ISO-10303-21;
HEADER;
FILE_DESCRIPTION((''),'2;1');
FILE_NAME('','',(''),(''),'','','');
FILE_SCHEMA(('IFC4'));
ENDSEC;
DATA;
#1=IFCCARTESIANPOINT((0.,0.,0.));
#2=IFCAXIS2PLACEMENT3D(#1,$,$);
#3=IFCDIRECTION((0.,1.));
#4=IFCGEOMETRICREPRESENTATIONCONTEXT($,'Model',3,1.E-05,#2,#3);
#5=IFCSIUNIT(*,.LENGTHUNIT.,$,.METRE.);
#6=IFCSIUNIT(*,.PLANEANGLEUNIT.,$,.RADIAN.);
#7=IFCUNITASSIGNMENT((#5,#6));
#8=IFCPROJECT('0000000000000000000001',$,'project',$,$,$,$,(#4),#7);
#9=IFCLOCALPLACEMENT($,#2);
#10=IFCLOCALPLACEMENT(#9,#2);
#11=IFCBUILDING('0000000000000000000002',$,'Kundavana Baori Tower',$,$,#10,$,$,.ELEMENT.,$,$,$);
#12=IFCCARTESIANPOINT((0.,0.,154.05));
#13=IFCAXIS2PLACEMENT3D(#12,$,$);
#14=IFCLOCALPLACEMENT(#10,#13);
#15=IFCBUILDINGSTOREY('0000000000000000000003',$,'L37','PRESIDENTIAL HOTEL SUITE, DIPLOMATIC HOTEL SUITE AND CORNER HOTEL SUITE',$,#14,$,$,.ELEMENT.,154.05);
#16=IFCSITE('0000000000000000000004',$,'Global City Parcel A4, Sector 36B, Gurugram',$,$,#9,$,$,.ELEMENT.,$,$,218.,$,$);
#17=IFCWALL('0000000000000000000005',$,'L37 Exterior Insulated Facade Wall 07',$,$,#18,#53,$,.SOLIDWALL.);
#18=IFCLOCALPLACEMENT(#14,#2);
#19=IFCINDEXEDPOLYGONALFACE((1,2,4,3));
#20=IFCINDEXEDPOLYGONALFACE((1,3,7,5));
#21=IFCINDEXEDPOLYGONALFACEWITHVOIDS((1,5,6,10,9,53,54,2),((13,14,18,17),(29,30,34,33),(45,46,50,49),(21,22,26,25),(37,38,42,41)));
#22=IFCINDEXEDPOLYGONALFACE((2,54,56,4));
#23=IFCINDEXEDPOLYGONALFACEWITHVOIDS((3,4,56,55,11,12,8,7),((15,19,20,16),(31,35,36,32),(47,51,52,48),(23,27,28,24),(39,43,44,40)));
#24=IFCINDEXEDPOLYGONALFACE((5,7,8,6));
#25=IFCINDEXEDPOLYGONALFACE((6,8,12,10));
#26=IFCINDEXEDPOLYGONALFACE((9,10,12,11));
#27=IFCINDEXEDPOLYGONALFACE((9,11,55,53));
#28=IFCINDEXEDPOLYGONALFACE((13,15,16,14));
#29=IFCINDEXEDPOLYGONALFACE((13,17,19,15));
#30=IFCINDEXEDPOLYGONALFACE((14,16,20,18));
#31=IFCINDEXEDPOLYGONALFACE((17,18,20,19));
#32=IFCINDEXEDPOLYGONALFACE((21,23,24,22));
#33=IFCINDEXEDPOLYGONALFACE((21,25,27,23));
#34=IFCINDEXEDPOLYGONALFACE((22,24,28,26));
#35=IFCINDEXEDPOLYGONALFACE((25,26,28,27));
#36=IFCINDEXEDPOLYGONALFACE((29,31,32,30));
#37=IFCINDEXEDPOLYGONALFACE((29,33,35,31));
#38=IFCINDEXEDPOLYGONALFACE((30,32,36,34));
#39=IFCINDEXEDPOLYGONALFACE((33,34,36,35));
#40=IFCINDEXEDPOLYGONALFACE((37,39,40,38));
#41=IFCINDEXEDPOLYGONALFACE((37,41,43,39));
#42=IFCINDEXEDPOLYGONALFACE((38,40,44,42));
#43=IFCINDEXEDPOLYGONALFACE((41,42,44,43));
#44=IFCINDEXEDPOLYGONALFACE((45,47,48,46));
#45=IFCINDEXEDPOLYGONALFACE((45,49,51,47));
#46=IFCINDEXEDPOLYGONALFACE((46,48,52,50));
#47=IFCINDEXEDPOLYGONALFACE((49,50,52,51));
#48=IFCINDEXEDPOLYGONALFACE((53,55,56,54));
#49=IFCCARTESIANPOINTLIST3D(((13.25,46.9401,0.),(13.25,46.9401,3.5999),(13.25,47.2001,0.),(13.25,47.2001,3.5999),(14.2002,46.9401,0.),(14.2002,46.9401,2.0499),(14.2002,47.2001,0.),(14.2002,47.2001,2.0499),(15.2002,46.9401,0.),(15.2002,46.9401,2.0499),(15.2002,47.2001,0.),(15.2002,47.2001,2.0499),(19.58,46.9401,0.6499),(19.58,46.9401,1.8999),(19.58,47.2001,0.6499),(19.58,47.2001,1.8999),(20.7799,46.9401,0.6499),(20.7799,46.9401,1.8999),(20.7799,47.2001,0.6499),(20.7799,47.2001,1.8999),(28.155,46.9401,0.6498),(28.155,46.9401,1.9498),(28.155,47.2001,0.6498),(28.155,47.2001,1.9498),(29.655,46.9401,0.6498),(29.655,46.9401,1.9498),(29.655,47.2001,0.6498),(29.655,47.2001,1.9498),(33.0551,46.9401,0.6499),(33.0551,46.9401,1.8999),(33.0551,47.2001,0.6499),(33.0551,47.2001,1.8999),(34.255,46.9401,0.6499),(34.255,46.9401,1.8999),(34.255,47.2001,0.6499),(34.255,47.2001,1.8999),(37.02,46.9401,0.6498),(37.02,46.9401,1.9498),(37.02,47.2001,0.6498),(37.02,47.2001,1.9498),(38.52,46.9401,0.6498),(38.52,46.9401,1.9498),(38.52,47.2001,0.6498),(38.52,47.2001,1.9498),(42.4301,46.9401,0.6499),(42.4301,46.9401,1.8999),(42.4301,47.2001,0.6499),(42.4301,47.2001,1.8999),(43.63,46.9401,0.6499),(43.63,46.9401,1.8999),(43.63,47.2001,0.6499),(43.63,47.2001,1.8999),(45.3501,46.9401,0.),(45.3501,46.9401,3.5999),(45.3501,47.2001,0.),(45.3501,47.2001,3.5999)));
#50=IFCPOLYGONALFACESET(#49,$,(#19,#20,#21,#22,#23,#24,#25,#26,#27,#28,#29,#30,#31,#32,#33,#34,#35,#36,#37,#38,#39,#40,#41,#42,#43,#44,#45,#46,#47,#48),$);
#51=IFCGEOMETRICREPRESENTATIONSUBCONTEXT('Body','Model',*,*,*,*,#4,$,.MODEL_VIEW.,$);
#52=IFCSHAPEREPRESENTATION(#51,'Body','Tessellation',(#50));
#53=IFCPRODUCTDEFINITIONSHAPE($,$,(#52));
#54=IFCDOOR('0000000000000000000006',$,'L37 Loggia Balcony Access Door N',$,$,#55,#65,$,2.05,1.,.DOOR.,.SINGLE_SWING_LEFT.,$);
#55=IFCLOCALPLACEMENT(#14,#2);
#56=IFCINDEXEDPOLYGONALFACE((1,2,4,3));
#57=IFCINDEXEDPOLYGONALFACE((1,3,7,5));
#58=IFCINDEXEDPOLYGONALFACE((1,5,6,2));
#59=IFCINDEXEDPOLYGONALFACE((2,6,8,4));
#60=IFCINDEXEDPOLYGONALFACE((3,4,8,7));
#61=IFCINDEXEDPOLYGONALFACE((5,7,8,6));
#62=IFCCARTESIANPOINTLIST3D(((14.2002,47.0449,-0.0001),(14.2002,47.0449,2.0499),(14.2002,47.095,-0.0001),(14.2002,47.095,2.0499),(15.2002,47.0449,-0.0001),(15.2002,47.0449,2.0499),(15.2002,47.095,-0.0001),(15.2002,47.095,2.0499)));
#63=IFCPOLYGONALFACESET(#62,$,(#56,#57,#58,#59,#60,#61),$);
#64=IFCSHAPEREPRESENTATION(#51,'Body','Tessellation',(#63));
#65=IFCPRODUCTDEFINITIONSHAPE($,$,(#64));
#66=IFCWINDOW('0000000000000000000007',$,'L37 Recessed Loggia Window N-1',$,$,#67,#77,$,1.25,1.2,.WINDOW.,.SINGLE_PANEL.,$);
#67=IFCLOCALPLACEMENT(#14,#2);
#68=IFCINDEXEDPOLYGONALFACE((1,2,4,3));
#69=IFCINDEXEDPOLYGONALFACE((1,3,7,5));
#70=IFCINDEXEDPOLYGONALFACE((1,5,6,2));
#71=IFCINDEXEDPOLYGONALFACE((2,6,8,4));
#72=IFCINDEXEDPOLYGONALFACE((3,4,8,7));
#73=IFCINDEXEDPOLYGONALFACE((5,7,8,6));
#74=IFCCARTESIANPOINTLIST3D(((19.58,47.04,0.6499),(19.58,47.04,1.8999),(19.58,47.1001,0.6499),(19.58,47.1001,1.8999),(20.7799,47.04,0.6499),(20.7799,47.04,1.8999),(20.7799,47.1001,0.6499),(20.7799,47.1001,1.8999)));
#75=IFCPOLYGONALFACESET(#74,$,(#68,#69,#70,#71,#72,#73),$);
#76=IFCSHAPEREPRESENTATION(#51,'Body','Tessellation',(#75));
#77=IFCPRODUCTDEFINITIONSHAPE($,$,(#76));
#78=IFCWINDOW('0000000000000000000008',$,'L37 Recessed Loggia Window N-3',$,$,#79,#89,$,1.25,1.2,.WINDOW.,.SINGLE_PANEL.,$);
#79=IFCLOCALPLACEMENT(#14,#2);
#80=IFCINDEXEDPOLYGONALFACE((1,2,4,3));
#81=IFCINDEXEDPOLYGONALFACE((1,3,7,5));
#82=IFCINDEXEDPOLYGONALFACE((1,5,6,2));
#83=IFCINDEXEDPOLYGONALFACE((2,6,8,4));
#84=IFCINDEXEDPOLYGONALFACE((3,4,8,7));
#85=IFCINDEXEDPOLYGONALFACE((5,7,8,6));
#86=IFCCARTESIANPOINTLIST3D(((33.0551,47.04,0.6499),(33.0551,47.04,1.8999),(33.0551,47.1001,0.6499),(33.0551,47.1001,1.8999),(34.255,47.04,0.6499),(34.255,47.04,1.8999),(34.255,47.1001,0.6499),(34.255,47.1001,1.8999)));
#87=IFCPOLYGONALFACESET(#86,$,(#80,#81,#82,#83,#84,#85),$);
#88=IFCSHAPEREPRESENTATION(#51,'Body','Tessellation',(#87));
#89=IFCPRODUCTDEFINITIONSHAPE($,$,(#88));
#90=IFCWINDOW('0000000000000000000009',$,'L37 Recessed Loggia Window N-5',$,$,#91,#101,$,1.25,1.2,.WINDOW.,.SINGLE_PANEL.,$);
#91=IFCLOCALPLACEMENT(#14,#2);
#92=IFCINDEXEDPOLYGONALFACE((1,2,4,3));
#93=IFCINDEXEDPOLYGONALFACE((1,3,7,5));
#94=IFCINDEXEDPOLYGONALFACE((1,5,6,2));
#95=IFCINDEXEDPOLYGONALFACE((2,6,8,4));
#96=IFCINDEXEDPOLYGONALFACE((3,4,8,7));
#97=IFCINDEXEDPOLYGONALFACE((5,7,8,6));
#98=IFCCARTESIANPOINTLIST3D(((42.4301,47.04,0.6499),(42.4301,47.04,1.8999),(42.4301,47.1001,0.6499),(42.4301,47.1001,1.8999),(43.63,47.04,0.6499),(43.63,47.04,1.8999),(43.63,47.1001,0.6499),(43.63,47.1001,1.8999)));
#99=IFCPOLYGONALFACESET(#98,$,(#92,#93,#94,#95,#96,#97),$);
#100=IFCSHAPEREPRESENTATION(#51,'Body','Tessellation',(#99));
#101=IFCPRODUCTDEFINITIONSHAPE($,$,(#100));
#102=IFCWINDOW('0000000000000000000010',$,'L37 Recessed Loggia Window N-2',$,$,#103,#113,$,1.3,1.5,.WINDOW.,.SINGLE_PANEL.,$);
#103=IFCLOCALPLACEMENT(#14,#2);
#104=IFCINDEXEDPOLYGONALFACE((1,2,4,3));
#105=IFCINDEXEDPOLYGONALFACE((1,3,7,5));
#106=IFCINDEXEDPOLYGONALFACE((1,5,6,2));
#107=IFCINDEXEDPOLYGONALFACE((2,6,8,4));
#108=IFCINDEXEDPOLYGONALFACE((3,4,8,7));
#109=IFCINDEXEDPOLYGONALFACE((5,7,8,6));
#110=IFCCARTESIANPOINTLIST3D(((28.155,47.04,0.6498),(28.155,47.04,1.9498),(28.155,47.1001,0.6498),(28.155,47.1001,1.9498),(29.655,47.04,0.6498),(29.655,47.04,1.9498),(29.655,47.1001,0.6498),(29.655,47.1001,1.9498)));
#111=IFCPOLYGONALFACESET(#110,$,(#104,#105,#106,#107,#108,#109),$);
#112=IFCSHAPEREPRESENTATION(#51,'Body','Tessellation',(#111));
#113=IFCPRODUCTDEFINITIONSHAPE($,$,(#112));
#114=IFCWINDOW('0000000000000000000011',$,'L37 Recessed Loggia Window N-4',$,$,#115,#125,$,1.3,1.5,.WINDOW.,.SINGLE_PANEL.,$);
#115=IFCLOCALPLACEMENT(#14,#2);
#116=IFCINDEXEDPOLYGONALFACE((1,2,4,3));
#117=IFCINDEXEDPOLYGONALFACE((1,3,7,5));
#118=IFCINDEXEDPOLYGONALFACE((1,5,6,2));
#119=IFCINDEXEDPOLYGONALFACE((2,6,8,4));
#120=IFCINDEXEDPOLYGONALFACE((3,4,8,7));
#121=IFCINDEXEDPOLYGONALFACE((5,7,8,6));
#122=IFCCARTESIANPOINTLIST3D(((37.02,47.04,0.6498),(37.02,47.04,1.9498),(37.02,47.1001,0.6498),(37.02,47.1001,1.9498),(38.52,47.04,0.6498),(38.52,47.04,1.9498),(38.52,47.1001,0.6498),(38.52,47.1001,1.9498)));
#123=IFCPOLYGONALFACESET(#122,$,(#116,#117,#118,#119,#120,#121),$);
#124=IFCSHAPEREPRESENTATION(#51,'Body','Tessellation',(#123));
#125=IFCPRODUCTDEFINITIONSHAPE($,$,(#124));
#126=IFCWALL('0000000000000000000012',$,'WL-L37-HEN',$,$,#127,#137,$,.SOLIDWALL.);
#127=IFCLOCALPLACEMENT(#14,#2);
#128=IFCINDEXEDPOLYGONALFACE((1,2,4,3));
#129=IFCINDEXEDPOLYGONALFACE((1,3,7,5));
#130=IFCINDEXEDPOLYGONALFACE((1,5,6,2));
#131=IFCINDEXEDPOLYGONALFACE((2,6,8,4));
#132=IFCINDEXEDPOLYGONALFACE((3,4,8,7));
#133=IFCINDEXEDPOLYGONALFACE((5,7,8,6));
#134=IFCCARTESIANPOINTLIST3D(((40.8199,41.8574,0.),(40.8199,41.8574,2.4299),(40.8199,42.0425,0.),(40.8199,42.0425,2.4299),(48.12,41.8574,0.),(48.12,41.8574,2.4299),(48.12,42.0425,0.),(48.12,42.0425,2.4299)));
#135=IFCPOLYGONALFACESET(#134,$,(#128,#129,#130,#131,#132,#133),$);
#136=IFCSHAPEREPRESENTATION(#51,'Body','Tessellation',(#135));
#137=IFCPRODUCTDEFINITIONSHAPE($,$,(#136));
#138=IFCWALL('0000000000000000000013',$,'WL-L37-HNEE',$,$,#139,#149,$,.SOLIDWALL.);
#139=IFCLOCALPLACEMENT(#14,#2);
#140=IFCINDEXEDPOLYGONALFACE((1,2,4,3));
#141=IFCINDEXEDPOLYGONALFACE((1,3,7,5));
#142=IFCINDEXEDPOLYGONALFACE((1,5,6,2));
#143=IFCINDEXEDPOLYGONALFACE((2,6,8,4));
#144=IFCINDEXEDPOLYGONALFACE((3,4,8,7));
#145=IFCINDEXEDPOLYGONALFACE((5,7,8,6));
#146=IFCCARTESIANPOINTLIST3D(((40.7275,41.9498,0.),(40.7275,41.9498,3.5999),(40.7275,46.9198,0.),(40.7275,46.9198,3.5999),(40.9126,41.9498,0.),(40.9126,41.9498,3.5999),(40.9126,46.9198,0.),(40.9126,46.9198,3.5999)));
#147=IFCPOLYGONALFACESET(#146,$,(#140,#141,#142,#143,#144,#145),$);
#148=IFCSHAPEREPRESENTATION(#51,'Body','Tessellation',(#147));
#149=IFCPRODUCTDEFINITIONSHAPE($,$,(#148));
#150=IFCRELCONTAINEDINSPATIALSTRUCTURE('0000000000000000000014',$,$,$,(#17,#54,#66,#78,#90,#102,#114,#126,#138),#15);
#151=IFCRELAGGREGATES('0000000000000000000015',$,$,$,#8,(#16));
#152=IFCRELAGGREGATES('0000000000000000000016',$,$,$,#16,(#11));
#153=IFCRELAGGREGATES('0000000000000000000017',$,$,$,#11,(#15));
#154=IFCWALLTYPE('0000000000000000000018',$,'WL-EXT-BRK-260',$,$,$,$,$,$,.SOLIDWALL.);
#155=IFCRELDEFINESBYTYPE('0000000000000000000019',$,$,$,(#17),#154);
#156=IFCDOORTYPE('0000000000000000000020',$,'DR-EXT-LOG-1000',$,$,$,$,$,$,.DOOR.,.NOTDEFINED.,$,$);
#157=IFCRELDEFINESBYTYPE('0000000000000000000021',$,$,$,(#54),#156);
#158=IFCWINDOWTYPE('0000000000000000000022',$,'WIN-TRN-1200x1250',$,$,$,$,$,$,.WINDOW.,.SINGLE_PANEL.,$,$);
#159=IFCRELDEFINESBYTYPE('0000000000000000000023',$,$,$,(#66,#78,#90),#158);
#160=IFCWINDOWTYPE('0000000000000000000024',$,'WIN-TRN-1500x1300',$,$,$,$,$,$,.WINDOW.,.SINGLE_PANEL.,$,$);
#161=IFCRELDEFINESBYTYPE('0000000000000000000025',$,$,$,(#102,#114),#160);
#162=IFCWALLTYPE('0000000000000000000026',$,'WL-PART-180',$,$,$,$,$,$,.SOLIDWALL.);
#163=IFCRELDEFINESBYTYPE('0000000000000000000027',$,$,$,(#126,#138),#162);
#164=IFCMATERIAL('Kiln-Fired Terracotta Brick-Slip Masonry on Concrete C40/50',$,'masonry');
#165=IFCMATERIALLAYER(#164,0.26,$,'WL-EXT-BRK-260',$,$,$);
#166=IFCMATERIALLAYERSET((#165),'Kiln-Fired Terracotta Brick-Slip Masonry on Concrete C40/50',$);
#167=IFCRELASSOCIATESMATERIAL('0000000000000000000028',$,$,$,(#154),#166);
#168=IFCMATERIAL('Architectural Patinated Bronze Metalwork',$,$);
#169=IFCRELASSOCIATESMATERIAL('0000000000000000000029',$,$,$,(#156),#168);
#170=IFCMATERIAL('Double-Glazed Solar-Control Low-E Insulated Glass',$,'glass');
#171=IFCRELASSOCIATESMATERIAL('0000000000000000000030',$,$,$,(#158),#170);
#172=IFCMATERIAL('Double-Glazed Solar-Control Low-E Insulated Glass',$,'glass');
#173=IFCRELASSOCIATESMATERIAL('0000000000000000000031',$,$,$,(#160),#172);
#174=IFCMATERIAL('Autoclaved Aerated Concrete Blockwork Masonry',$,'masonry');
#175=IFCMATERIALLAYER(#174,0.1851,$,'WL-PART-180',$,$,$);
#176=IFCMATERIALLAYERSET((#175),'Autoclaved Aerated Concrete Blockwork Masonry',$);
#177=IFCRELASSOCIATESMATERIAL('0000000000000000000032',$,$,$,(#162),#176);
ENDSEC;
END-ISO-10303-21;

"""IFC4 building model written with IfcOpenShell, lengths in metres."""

from ifc_helpers import new_model, si_unit, direction, frame, frame_2d, origin, place, context, subcontext, project, spatial, rectangle, extrude, material, layer, layer_set, type_object, element, fill, save


model = new_model("IFC4")

# Units and contexts
model_context = context("Model", 3, precision=1e-05, world=origin(), true_north=direction((0.0, 1.0)))
body_context = subcontext(model_context, "Body", "Model", "MODEL_VIEW")
ifc_project = project(units=[si_unit("LENGTHUNIT", "METRE"), si_unit("PLANEANGLEUNIT", "RADIAN")], contexts=[model_context])

# Site, building, storey
site_placement = place(None, origin())
site = spatial("IfcSite", under=ifc_project, at=site_placement, Name="Global City Parcel A4, Sector 36B, Gurugram", CompositionType="ELEMENT", RefElevation=218.0)
building_placement = place(site_placement, origin())
building = spatial("IfcBuilding", under=site, at=building_placement, Name="Kundavana Baori Tower", CompositionType="ELEMENT")
storey_placement = place(building_placement, frame((0.0, 0.0, 154.05)))
storey = spatial("IfcBuildingStorey", under=building, at=storey_placement, Name="L37", Description="PRESIDENTIAL HOTEL SUITE, DIPLOMATIC HOTEL SUITE AND CORNER HOTEL SUITE", CompositionType="ELEMENT", Elevation=154.05)

# Shared definitions
ifc_material_1 = material(Name="Kiln-Fired Terracotta Brick-Slip Masonry on Concrete C40/50", Category="masonry")
ifc_layer_1 = layer(ifc_material_1, 0.26, Name="WL-EXT-BRK-260")
ifc_layer_set_1 = layer_set([ifc_layer_1], Name="Kiln-Fired Terracotta Brick-Slip Masonry on Concrete C40/50")
wall_type_1 = type_object("IfcWallType", Name="WL-EXT-BRK-260", PredefinedType="SOLIDWALL", material=ifc_layer_set_1)

# Wall, openings, door, windows
wall_1_placement = place(storey_placement, frame((45.3501, 47.0701, 0.0), z_axis=(0.0, 0.0, 1.0), x_axis=(-1.0, 0.0, 0.0)))
wall_1 = element("IfcWall", 1, at=wall_1_placement, inside=storey, type_object=wall_type_1, Name="L37 Exterior Insulated Facade Wall 07", PredefinedType="SOLIDWALL", context=body_context, shape_type="SweptSolid", body=[
    extrude(rectangle(XDim=32.1001, YDim=0.26, at=frame_2d((16.05, 0.0))), origin(), (0.0, 0.0, 1.0), 3.5999),
])
opening_1_placement = place(wall_1_placement, frame((30.1499, 0.0, 0.0)))
opening_1 = element("IfcOpeningElement", 2, at=opening_1_placement, cuts=wall_1, PredefinedType="OPENING", context=body_context, shape_type="SweptSolid", body=[
    extrude(rectangle(XDim=1.0, YDim=2.05, at=frame_2d((0.5, 1.0249))), frame((0.0, 0.1401, 0.0), z_axis=(0.0, -1.0, 0.0), x_axis=(1.0, 0.0, 0.0)), (0.0, 0.0, 1.0), 0.28),
])
opening_2_placement = place(wall_1_placement, frame((24.5701, 0.0, 0.6499)))
opening_2 = element("IfcOpeningElement", 3, at=opening_2_placement, cuts=wall_1, PredefinedType="OPENING", context=body_context, shape_type="SweptSolid", body=[
    extrude(rectangle(XDim=1.2, YDim=1.25, at=frame_2d((0.6001, 0.625))), frame((0.0, 0.1401, 0.0), z_axis=(0.0, -1.0, 0.0), x_axis=(1.0, 0.0, 0.0)), (0.0, 0.0, 1.0), 0.28),
])
opening_3_placement = place(wall_1_placement, frame((15.6951, 0.0, 0.6499)))
opening_3 = element("IfcOpeningElement", 4, at=opening_3_placement, cuts=wall_1, PredefinedType="OPENING", context=body_context, shape_type="SweptSolid", body=[
    extrude(rectangle(XDim=1.5, YDim=1.3, at=frame_2d((0.75, 0.6499))), frame((0.0, 0.1401, 0.0), z_axis=(0.0, -1.0, 0.0), x_axis=(1.0, 0.0, 0.0)), (0.0, 0.0, 1.0), 0.28),
])
opening_4_placement = place(wall_1_placement, frame((11.095, 0.0, 0.6499)))
opening_4 = element("IfcOpeningElement", 5, at=opening_4_placement, cuts=wall_1, PredefinedType="OPENING", context=body_context, shape_type="SweptSolid", body=[
    extrude(rectangle(XDim=1.2, YDim=1.25, at=frame_2d((0.6001, 0.625))), frame((0.0, 0.1401, 0.0), z_axis=(0.0, -1.0, 0.0), x_axis=(1.0, 0.0, 0.0)), (0.0, 0.0, 1.0), 0.28),
])
opening_5_placement = place(wall_1_placement, frame((6.8301, 0.0, 0.6499)))
opening_5 = element("IfcOpeningElement", 6, at=opening_5_placement, cuts=wall_1, PredefinedType="OPENING", context=body_context, shape_type="SweptSolid", body=[
    extrude(rectangle(XDim=1.5, YDim=1.3, at=frame_2d((0.75, 0.6499))), frame((0.0, 0.1401, 0.0), z_axis=(0.0, -1.0, 0.0), x_axis=(1.0, 0.0, 0.0)), (0.0, 0.0, 1.0), 0.28),
])
opening_6_placement = place(wall_1_placement, frame((1.72, 0.0, 0.6499)))
opening_6 = element("IfcOpeningElement", 7, at=opening_6_placement, cuts=wall_1, PredefinedType="OPENING", context=body_context, shape_type="SweptSolid", body=[
    extrude(rectangle(XDim=1.2, YDim=1.25, at=frame_2d((0.6001, 0.625))), frame((0.0, 0.1401, 0.0), z_axis=(0.0, -1.0, 0.0), x_axis=(1.0, 0.0, 0.0)), (0.0, 0.0, 1.0), 0.28),
])
ifc_material_2 = material(Name="Architectural Patinated Bronze Metalwork")
door_type_1 = type_object("IfcDoorType", Name="DR-EXT-LOG-1000", OperationType="NOTDEFINED", PredefinedType="DOOR", material=ifc_material_2)
door_1_placement = place(opening_1_placement, frame((1.0, 0.0, 0.0), z_axis=(0.0, 0.0, 1.0), x_axis=(-1.0, 0.0, 0.0)))
door_1 = element("IfcDoor", 8, at=door_1_placement, inside=storey, type_object=door_type_1, Name="L37 Loggia Balcony Access Door N", OperationType="SINGLE_SWING_LEFT", OverallHeight=2.05, OverallWidth=1.0, PredefinedType="DOOR", context=body_context, shape_type="SweptSolid", body=[
    extrude(rectangle(XDim=1.0, YDim=2.05, at=frame_2d((0.5, 1.0249))), frame((0.0, 0.0249, 0.0), z_axis=(0.0, -1.0, 0.0), x_axis=(1.0, 0.0, 0.0)), (0.0, 0.0, 1.0), 0.05),
])
fill(opening_1, door_1)
ifc_material_3 = material(Name="Double-Glazed Solar-Control Low-E Insulated Glass", Category="glass")
window_type_1 = type_object("IfcWindowType", Name="WIN-TRN-1200x1250", PartitioningType="SINGLE_PANEL", PredefinedType="WINDOW", material=ifc_material_3)
window_1_placement = place(opening_2_placement, origin())
window_1 = element("IfcWindow", 9, at=window_1_placement, inside=storey, type_object=window_type_1, Name="L37 Recessed Loggia Window N-1", OverallHeight=1.25, OverallWidth=1.2, PartitioningType="SINGLE_PANEL", PredefinedType="WINDOW", context=body_context, shape_type="SweptSolid", body=[
    extrude(rectangle(XDim=1.2, YDim=1.25, at=frame_2d((0.6001, 0.625))), frame((0.0, 0.03, 0.0), z_axis=(0.0, -1.0, 0.0), x_axis=(1.0, 0.0, 0.0)), (0.0, 0.0, 1.0), 0.0601),
])
fill(opening_2, window_1)
window_2_placement = place(opening_4_placement, origin())
window_2 = element("IfcWindow", 10, at=window_2_placement, inside=storey, type_object=window_type_1, Name="L37 Recessed Loggia Window N-3", OverallHeight=1.25, OverallWidth=1.2, PartitioningType="SINGLE_PANEL", PredefinedType="WINDOW", context=body_context, shape_type="SweptSolid", body=[
    extrude(rectangle(XDim=1.2, YDim=1.25, at=frame_2d((0.6001, 0.625))), frame((0.0, 0.03, 0.0), z_axis=(0.0, -1.0, 0.0), x_axis=(1.0, 0.0, 0.0)), (0.0, 0.0, 1.0), 0.0601),
])
fill(opening_4, window_2)
window_3_placement = place(opening_6_placement, origin())
window_3 = element("IfcWindow", 11, at=window_3_placement, inside=storey, type_object=window_type_1, Name="L37 Recessed Loggia Window N-5", OverallHeight=1.25, OverallWidth=1.2, PartitioningType="SINGLE_PANEL", PredefinedType="WINDOW", context=body_context, shape_type="SweptSolid", body=[
    extrude(rectangle(XDim=1.2, YDim=1.25, at=frame_2d((0.6001, 0.625))), frame((0.0, 0.03, 0.0), z_axis=(0.0, -1.0, 0.0), x_axis=(1.0, 0.0, 0.0)), (0.0, 0.0, 1.0), 0.0601),
])
fill(opening_6, window_3)
ifc_material_4 = material(Name="Double-Glazed Solar-Control Low-E Insulated Glass", Category="glass")
window_type_2 = type_object("IfcWindowType", Name="WIN-TRN-1500x1300", PartitioningType="SINGLE_PANEL", PredefinedType="WINDOW", material=ifc_material_4)
window_4_placement = place(opening_3_placement, origin())
window_4 = element("IfcWindow", 12, at=window_4_placement, inside=storey, type_object=window_type_2, Name="L37 Recessed Loggia Window N-2", OverallHeight=1.3, OverallWidth=1.5, PartitioningType="SINGLE_PANEL", PredefinedType="WINDOW", context=body_context, shape_type="SweptSolid", body=[
    extrude(rectangle(XDim=1.5, YDim=1.3, at=frame_2d((0.75, 0.6499))), frame((0.0, 0.03, 0.0), z_axis=(0.0, -1.0, 0.0), x_axis=(1.0, 0.0, 0.0)), (0.0, 0.0, 1.0), 0.0601),
])
fill(opening_3, window_4)
window_5_placement = place(opening_5_placement, origin())
window_5 = element("IfcWindow", 13, at=window_5_placement, inside=storey, type_object=window_type_2, Name="L37 Recessed Loggia Window N-4", OverallHeight=1.3, OverallWidth=1.5, PartitioningType="SINGLE_PANEL", PredefinedType="WINDOW", context=body_context, shape_type="SweptSolid", body=[
    extrude(rectangle(XDim=1.5, YDim=1.3, at=frame_2d((0.75, 0.6499))), frame((0.0, 0.03, 0.0), z_axis=(0.0, -1.0, 0.0), x_axis=(1.0, 0.0, 0.0)), (0.0, 0.0, 1.0), 0.0601),
])
fill(opening_5, window_5)

# Walls
ifc_material_5 = material(Name="Autoclaved Aerated Concrete Blockwork Masonry", Category="masonry")
ifc_layer_2 = layer(ifc_material_5, 0.1851, Name="WL-PART-180")
ifc_layer_set_2 = layer_set([ifc_layer_2], Name="Autoclaved Aerated Concrete Blockwork Masonry")
wall_type_2 = type_object("IfcWallType", Name="WL-PART-180", PredefinedType="SOLIDWALL", material=ifc_layer_set_2)
wall_2_placement = place(storey_placement, frame((40.8201, 41.95, 0.0), z_axis=(0.0, 0.0, 1.0), x_axis=(1.0, 0.0, 0.0)))
element("IfcWall", 14, at=wall_2_placement, inside=storey, type_object=wall_type_2, Name="WL-L37-HEN", PredefinedType="SOLIDWALL", context=body_context, shape_type="SweptSolid", body=[
    extrude(rectangle(XDim=7.3, YDim=0.1851, at=frame_2d((3.6499, 0.0))), origin(), (0.0, 0.0, 1.0), 2.4299),
])
wall_3_placement = place(storey_placement, frame((40.8201, 41.95, 0.0), z_axis=(0.0, 0.0, 1.0), x_axis=(0.0, 1.0, 0.0)))
element("IfcWall", 15, at=wall_3_placement, inside=storey, type_object=wall_type_2, Name="WL-L37-HNEE", PredefinedType="SOLIDWALL", context=body_context, shape_type="SweptSolid", body=[
    extrude(rectangle(XDim=4.97, YDim=0.1851, at=frame_2d((2.4849, 0.0))), origin(), (0.0, 0.0, 1.0), 3.5999),
])

save(model, "model.ifc")
